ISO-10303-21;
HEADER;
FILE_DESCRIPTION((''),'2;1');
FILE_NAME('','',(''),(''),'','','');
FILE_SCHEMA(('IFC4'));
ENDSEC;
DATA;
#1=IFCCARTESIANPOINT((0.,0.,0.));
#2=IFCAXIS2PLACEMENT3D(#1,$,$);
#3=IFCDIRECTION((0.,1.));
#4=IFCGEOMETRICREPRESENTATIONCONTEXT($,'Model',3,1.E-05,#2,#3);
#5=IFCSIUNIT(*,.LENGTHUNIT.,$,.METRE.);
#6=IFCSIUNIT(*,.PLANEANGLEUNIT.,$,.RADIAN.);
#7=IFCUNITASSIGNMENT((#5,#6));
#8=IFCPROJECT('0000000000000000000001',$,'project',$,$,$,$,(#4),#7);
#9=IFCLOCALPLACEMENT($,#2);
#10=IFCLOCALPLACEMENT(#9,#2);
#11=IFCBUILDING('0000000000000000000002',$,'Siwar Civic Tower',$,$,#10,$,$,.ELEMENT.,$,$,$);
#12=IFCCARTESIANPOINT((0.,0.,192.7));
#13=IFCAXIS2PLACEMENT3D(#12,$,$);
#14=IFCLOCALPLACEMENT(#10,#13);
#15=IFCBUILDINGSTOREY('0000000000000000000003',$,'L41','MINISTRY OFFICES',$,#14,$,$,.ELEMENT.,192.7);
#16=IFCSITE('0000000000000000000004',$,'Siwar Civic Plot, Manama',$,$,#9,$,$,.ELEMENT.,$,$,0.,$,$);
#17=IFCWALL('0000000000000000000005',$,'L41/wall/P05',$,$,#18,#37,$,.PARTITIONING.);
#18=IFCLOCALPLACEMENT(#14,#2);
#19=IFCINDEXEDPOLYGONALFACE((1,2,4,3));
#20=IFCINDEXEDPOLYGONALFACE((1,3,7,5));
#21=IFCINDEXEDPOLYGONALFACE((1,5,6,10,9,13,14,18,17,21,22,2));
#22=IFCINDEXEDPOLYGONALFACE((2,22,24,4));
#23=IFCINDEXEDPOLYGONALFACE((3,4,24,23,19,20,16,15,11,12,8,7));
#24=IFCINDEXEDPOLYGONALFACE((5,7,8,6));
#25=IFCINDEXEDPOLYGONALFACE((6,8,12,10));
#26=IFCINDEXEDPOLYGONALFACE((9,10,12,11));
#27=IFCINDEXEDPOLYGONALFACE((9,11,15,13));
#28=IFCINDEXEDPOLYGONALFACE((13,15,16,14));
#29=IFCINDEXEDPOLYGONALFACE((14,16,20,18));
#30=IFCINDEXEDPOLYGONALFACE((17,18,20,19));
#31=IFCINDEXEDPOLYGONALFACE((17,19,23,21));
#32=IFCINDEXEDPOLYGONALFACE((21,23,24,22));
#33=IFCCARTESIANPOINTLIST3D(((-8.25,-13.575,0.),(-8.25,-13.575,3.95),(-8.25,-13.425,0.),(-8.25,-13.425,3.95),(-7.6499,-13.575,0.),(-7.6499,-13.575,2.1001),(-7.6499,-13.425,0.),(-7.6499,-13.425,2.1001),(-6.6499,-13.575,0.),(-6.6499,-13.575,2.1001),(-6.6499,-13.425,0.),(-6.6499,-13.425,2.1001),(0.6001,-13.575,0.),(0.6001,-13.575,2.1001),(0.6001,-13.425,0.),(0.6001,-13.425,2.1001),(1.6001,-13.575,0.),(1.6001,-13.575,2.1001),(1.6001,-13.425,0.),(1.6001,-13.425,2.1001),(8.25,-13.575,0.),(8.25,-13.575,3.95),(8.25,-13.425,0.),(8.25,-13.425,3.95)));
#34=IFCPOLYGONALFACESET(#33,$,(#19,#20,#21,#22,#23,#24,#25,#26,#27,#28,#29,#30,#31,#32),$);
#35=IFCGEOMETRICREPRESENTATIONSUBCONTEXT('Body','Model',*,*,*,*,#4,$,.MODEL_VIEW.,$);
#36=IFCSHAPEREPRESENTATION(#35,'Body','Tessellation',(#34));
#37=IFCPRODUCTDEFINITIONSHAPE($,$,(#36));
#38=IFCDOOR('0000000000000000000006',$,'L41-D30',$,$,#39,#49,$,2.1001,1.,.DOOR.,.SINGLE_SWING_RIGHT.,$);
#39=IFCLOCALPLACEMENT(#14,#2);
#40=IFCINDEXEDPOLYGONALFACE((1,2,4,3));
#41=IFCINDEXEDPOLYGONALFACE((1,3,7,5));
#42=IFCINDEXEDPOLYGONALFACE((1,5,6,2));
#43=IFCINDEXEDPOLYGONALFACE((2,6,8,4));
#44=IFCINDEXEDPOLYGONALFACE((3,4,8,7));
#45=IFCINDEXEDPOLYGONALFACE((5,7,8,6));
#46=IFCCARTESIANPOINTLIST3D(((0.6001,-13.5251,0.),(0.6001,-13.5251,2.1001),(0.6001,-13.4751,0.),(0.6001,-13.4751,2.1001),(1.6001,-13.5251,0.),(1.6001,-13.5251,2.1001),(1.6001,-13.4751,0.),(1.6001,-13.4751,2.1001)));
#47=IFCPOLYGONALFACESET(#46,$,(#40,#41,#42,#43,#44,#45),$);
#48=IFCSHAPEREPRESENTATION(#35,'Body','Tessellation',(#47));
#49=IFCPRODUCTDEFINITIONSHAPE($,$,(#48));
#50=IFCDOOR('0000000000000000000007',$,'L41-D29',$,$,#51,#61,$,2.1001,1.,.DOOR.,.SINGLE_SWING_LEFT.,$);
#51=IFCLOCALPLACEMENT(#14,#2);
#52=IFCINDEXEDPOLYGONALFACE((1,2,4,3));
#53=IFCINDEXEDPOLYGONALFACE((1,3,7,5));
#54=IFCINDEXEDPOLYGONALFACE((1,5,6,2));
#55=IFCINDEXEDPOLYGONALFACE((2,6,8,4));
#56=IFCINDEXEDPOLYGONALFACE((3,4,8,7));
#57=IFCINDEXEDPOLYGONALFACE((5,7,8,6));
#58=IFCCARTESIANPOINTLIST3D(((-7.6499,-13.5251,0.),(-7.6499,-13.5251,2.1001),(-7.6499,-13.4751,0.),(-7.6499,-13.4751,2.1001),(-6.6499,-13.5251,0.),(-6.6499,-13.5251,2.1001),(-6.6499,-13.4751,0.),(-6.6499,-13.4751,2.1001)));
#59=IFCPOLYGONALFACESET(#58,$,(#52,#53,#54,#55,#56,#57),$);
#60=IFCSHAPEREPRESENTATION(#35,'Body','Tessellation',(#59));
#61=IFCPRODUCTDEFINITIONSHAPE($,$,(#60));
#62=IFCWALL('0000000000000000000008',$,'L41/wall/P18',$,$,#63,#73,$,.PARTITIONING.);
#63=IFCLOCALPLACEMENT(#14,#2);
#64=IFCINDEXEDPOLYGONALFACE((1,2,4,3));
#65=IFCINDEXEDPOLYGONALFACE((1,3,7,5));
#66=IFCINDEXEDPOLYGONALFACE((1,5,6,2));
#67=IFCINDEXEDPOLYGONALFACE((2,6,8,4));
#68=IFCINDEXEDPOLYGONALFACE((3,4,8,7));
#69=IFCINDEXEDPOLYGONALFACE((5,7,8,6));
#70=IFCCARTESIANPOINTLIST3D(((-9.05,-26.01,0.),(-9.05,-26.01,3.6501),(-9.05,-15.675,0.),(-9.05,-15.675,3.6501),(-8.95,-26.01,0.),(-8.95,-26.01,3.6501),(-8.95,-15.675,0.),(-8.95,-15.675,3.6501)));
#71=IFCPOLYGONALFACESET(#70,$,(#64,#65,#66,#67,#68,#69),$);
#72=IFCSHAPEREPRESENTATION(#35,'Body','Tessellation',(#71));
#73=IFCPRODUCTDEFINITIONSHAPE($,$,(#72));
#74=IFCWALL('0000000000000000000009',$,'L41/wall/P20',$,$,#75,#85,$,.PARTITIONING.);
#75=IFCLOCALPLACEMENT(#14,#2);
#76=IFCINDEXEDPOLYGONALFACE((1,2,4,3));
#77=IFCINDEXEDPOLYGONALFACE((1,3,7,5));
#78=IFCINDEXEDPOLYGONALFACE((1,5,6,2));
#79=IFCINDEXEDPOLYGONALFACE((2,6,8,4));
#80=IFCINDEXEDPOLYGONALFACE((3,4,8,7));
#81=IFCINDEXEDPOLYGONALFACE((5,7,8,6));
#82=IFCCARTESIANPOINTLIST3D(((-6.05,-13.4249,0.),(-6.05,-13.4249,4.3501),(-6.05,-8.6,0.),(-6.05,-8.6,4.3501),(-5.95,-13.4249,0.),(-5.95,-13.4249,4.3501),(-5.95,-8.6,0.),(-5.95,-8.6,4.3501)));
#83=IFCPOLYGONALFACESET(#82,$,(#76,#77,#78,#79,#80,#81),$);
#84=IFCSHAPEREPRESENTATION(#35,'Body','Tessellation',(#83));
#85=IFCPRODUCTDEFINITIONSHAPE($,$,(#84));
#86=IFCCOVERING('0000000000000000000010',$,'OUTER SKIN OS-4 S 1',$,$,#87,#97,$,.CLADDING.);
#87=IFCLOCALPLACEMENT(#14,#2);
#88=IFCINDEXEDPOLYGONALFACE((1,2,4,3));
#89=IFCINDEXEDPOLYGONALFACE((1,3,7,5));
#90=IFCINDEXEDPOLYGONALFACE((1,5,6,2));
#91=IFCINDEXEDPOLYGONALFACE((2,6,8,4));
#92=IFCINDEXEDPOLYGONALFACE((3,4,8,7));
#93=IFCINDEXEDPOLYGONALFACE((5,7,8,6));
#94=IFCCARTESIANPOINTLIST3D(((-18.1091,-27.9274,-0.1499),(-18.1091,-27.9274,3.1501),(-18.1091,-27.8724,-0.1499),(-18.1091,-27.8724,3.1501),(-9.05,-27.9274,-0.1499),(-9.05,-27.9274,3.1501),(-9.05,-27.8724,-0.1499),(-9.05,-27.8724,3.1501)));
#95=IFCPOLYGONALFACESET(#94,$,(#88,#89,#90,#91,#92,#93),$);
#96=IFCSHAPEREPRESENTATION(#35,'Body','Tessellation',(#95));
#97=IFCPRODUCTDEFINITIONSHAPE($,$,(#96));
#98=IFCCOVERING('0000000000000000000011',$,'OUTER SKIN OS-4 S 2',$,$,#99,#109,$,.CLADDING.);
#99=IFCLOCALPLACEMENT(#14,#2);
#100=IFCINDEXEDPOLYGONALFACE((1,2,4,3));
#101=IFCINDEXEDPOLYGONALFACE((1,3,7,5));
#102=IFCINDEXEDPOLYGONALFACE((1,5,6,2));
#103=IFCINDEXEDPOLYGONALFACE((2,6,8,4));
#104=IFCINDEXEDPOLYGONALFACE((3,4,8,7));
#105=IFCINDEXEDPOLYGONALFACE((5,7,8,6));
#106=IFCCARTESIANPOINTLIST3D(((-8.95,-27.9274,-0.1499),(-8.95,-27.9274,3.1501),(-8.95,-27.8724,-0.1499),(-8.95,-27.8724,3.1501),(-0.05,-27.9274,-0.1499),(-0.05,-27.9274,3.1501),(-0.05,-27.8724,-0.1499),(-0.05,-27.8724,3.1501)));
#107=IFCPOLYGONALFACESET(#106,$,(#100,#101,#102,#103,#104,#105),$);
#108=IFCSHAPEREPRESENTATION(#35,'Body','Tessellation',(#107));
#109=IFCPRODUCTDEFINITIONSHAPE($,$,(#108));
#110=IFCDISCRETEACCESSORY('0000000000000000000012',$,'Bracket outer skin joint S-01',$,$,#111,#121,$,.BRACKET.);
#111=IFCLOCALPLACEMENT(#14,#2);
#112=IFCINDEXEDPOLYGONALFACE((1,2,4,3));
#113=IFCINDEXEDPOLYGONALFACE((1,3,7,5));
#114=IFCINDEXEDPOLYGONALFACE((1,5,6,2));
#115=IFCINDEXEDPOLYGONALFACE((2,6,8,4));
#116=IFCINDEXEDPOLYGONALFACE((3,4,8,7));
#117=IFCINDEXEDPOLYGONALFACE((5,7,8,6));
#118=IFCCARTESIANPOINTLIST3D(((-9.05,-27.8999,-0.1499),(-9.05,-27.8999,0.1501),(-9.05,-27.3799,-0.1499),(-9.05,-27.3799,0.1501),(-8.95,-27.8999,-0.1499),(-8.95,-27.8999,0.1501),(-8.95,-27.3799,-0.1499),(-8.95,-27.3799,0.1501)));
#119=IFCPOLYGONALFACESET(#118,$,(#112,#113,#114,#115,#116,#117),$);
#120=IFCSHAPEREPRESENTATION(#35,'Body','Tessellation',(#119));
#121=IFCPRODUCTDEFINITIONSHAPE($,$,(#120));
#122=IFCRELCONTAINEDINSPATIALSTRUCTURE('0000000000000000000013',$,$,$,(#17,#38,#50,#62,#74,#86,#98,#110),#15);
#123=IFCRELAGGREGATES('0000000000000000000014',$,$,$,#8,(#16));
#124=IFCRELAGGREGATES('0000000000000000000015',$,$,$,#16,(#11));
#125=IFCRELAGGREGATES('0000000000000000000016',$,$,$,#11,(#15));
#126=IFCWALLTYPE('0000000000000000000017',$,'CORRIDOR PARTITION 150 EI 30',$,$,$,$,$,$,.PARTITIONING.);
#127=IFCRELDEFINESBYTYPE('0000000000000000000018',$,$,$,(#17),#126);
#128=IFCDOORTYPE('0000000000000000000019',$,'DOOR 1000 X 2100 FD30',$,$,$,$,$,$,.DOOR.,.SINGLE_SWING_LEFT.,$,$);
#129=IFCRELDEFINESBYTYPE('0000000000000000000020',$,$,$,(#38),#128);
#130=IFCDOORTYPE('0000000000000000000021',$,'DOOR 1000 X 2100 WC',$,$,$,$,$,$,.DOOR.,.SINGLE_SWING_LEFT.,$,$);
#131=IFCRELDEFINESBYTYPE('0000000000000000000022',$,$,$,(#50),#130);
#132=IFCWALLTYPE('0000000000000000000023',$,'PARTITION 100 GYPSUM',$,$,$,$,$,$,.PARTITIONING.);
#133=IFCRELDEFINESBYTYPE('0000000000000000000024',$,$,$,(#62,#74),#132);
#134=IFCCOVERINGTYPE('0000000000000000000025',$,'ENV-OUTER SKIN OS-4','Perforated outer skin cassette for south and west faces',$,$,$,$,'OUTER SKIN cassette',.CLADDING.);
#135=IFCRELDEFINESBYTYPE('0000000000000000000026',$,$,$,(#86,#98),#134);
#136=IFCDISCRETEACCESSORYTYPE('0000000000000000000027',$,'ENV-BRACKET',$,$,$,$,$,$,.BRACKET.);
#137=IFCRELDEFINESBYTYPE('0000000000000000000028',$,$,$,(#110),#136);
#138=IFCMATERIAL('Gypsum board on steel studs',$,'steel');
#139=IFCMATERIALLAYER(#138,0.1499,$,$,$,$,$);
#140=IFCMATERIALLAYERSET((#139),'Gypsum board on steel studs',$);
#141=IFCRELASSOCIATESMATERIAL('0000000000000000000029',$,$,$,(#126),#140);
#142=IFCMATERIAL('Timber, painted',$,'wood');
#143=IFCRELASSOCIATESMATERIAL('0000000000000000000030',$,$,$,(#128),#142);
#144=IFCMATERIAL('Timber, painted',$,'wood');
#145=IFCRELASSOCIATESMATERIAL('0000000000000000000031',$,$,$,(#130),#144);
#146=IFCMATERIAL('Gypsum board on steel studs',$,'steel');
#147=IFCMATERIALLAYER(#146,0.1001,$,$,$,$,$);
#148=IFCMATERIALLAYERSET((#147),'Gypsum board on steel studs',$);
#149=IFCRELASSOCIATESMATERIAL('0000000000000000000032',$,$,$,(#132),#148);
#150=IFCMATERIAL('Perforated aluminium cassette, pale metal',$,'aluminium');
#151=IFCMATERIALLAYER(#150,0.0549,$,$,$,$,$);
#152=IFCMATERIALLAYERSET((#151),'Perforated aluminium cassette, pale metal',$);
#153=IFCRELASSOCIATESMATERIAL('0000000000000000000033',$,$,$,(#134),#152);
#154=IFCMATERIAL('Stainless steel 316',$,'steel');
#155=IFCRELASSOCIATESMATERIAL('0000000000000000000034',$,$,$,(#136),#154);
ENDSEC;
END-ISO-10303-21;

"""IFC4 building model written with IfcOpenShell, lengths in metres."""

from ifc_helpers import new_model, si_unit, direction, frame, frame_2d, origin, origin_2d, place, context, subcontext, project, spatial, rectangle, extrude, material, layer, layer_set, type_object, element, fill, save


model = new_model("IFC4")

# Units and contexts
model_context = context("Model", 3, precision=1e-05, world=origin(), true_north=direction((0.0, 1.0)))
body_context = subcontext(model_context, "Body", "Model", "MODEL_VIEW")
ifc_project = project(units=[si_unit("LENGTHUNIT", "METRE"), si_unit("PLANEANGLEUNIT", "RADIAN")], contexts=[model_context])

# Site, building, storey
site_placement = place(None, origin())
site = spatial("IfcSite", under=ifc_project, at=site_placement, Name="Siwar Civic Plot, Manama", CompositionType="ELEMENT", RefElevation=0.0)
building_placement = place(site_placement, origin())
building = spatial("IfcBuilding", under=site, at=building_placement, Name="Siwar Civic Tower", CompositionType="ELEMENT")
storey_placement = place(building_placement, frame((0.0, 0.0, 192.7)))
storey = spatial("IfcBuildingStorey", under=building, at=storey_placement, Name="L41", Description="MINISTRY OFFICES", CompositionType="ELEMENT", Elevation=192.7)

# Wall, openings, doors
ifc_material_1 = material(Name="Gypsum board on steel studs", Category="steel")
ifc_layer_1 = layer(ifc_material_1, 0.1499)
ifc_layer_set_1 = layer_set([ifc_layer_1], Name="Gypsum board on steel studs")
wall_type_1 = type_object("IfcWallType", Name="CORRIDOR PARTITION 150 EI 30", PredefinedType="PARTITIONING", material=ifc_layer_set_1)
wall_1_placement = place(storey_placement, frame((-8.25, -13.5, 0.0), z_axis=(0.0, 0.0, 1.0), x_axis=(1.0, 0.0, 0.0)))
wall_1 = element("IfcWall", 1, at=wall_1_placement, inside=storey, type_object=wall_type_1, Name="L41/wall/P05", PredefinedType="PARTITIONING", context=body_context, shape_type="SweptSolid", body=[
    extrude(rectangle(XDim=16.5, YDim=0.1499, at=frame_2d((8.25, 0.0))), origin(), (0.0, 0.0, 1.0), 3.95),
])
opening_1_placement = place(wall_1_placement, frame((0.6001, 0.0, 0.0)))
opening_1 = element("IfcOpeningElement", 2, at=opening_1_placement, cuts=wall_1, PredefinedType="OPENING", context=body_context, shape_type="SweptSolid", body=[
    extrude(rectangle(XDim=1.0, YDim=2.1001, at=frame_2d((0.5, 1.05))), frame((0.0, 0.085, 0.0), z_axis=(0.0, -1.0, 0.0), x_axis=(1.0, 0.0, 0.0)), (0.0, 0.0, 1.0), 0.1699),
])
opening_2_placement = place(wall_1_placement, frame((8.8501, 0.0, 0.0)))
opening_2 = element("IfcOpeningElement", 3, at=opening_2_placement, cuts=wall_1, PredefinedType="OPENING", context=body_context, shape_type="SweptSolid", body=[
    extrude(rectangle(XDim=1.0, YDim=2.1001, at=frame_2d((0.5, 1.05))), frame((0.0, 0.085, 0.0), z_axis=(0.0, -1.0, 0.0), x_axis=(1.0, 0.0, 0.0)), (0.0, 0.0, 1.0), 0.1699),
])
ifc_material_2 = material(Name="Timber, painted", Category="wood")
door_type_1 = type_object("IfcDoorType", Name="DOOR 1000 X 2100 FD30", OperationType="SINGLE_SWING_LEFT", PredefinedType="DOOR", material=ifc_material_2)
door_1_placement = place(opening_2_placement, origin())
door_1 = element("IfcDoor", 4, at=door_1_placement, inside=storey, type_object=door_type_1, Name="L41-D30", OperationType="SINGLE_SWING_RIGHT", OverallHeight=2.1001, OverallWidth=1.0, PredefinedType="DOOR", context=body_context, shape_type="SweptSolid", body=[
    extrude(rectangle(XDim=1.0, YDim=2.1001, at=frame_2d((0.5, 1.05))), frame((0.0, 0.0249, 0.0), z_axis=(0.0, -1.0, 0.0), x_axis=(1.0, 0.0, 0.0)), (0.0, 0.0, 1.0), 0.05),
])
fill(opening_2, door_1)
ifc_material_3 = material(Name="Timber, painted", Category="wood")
door_type_2 = type_object("IfcDoorType", Name="DOOR 1000 X 2100 WC", OperationType="SINGLE_SWING_LEFT", PredefinedType="DOOR", material=ifc_material_3)
door_2_placement = place(opening_1_placement, origin())
door_2 = element("IfcDoor", 5, at=door_2_placement, inside=storey, type_object=door_type_2, Name="L41-D29", OperationType="SINGLE_SWING_LEFT", OverallHeight=2.1001, OverallWidth=1.0, PredefinedType="DOOR", context=body_context, shape_type="SweptSolid", body=[
    extrude(rectangle(XDim=1.0, YDim=2.1001, at=frame_2d((0.5, 1.05))), frame((0.0, 0.0249, 0.0), z_axis=(0.0, -1.0, 0.0), x_axis=(1.0, 0.0, 0.0)), (0.0, 0.0, 1.0), 0.05),
])
fill(opening_1, door_2)

# Walls
ifc_material_4 = material(Name="Gypsum board on steel studs", Category="steel")
ifc_layer_2 = layer(ifc_material_4, 0.1001)
ifc_layer_set_2 = layer_set([ifc_layer_2], Name="Gypsum board on steel studs")
wall_type_2 = type_object("IfcWallType", Name="PARTITION 100 GYPSUM", PredefinedType="PARTITIONING", material=ifc_layer_set_2)
wall_2_placement = place(storey_placement, frame((-9.0, -26.01, 0.0), z_axis=(0.0, 0.0, 1.0), x_axis=(0.0, 1.0, 0.0)))
element("IfcWall", 6, at=wall_2_placement, inside=storey, type_object=wall_type_2, Name="L41/wall/P18", PredefinedType="PARTITIONING", context=body_context, shape_type="SweptSolid", body=[
    extrude(rectangle(XDim=10.335, YDim=0.1001, at=frame_2d((5.1675, 0.0))), origin(), (0.0, 0.0, 1.0), 3.6501),
])
wall_3_placement = place(storey_placement, frame((-6.0, -13.425, 0.0), z_axis=(0.0, 0.0, 1.0), x_axis=(0.0, 1.0, 0.0)))
element("IfcWall", 7, at=wall_3_placement, inside=storey, type_object=wall_type_2, Name="L41/wall/P20", PredefinedType="PARTITIONING", context=body_context, shape_type="SweptSolid", body=[
    extrude(rectangle(XDim=4.825, YDim=0.1001, at=frame_2d((2.4126, 0.0))), origin(), (0.0, 0.0, 1.0), 4.3501),
])

# Coverings
ifc_material_5 = material(Name="Perforated aluminium cassette, pale metal", Category="aluminium")
ifc_layer_3 = layer(ifc_material_5, 0.0549)
ifc_layer_set_3 = layer_set([ifc_layer_3], Name="Perforated aluminium cassette, pale metal")
covering_type = type_object("IfcCoveringType", Name="ENV-OUTER SKIN OS-4", Description="Perforated outer skin cassette for south and west faces", ElementType="OUTER SKIN cassette", PredefinedType="CLADDING", material=ifc_layer_set_3)
covering_1_placement = place(storey_placement, frame((-13.5796, -27.8999, -0.1499), z_axis=(0.0, 0.0, 1.0), x_axis=(1.0, 0.0, 0.0)))
element("IfcCovering", 8, at=covering_1_placement, inside=storey, type_object=covering_type, Name="OUTER SKIN OS-4 S 1", PredefinedType="CLADDING", context=body_context, shape_type="SweptSolid", body=[
    extrude(rectangle(XDim=9.0591, YDim=0.0549, at=origin_2d()), origin(), (0.0, 0.0, 1.0), 3.3),
])
covering_2_placement = place(storey_placement, frame((-4.5, -27.8999, -0.1499), z_axis=(0.0, 0.0, 1.0), x_axis=(1.0, 0.0, 0.0)))
element("IfcCovering", 9, at=covering_2_placement, inside=storey, type_object=covering_type, Name="OUTER SKIN OS-4 S 2", PredefinedType="CLADDING", context=body_context, shape_type="SweptSolid", body=[
    extrude(rectangle(XDim=8.8999, YDim=0.0549, at=origin_2d()), origin(), (0.0, 0.0, 1.0), 3.3),
])

# Discrete accessory
ifc_material_6 = material(Name="Stainless steel 316", Category="steel")
discrete_accessory_type = type_object("IfcDiscreteAccessoryType", Name="ENV-BRACKET", PredefinedType="BRACKET", material=ifc_material_6)
discrete_accessory_placement = place(storey_placement, frame((-9.0, -27.6399, -0.1499), z_axis=(0.0, 0.0, 1.0), x_axis=(0.0, -1.0, 0.0)))
element("IfcDiscreteAccessory", 10, at=discrete_accessory_placement, inside=storey, type_object=discrete_accessory_type, Name="Bracket outer skin joint S-01", PredefinedType="BRACKET", context=body_context, shape_type="SweptSolid", body=[
    extrude(rectangle(XDim=0.52, YDim=0.1001, at=origin_2d()), origin(), (0.0, 0.0, 1.0), 0.3),
])

save(model, "model.ifc")
